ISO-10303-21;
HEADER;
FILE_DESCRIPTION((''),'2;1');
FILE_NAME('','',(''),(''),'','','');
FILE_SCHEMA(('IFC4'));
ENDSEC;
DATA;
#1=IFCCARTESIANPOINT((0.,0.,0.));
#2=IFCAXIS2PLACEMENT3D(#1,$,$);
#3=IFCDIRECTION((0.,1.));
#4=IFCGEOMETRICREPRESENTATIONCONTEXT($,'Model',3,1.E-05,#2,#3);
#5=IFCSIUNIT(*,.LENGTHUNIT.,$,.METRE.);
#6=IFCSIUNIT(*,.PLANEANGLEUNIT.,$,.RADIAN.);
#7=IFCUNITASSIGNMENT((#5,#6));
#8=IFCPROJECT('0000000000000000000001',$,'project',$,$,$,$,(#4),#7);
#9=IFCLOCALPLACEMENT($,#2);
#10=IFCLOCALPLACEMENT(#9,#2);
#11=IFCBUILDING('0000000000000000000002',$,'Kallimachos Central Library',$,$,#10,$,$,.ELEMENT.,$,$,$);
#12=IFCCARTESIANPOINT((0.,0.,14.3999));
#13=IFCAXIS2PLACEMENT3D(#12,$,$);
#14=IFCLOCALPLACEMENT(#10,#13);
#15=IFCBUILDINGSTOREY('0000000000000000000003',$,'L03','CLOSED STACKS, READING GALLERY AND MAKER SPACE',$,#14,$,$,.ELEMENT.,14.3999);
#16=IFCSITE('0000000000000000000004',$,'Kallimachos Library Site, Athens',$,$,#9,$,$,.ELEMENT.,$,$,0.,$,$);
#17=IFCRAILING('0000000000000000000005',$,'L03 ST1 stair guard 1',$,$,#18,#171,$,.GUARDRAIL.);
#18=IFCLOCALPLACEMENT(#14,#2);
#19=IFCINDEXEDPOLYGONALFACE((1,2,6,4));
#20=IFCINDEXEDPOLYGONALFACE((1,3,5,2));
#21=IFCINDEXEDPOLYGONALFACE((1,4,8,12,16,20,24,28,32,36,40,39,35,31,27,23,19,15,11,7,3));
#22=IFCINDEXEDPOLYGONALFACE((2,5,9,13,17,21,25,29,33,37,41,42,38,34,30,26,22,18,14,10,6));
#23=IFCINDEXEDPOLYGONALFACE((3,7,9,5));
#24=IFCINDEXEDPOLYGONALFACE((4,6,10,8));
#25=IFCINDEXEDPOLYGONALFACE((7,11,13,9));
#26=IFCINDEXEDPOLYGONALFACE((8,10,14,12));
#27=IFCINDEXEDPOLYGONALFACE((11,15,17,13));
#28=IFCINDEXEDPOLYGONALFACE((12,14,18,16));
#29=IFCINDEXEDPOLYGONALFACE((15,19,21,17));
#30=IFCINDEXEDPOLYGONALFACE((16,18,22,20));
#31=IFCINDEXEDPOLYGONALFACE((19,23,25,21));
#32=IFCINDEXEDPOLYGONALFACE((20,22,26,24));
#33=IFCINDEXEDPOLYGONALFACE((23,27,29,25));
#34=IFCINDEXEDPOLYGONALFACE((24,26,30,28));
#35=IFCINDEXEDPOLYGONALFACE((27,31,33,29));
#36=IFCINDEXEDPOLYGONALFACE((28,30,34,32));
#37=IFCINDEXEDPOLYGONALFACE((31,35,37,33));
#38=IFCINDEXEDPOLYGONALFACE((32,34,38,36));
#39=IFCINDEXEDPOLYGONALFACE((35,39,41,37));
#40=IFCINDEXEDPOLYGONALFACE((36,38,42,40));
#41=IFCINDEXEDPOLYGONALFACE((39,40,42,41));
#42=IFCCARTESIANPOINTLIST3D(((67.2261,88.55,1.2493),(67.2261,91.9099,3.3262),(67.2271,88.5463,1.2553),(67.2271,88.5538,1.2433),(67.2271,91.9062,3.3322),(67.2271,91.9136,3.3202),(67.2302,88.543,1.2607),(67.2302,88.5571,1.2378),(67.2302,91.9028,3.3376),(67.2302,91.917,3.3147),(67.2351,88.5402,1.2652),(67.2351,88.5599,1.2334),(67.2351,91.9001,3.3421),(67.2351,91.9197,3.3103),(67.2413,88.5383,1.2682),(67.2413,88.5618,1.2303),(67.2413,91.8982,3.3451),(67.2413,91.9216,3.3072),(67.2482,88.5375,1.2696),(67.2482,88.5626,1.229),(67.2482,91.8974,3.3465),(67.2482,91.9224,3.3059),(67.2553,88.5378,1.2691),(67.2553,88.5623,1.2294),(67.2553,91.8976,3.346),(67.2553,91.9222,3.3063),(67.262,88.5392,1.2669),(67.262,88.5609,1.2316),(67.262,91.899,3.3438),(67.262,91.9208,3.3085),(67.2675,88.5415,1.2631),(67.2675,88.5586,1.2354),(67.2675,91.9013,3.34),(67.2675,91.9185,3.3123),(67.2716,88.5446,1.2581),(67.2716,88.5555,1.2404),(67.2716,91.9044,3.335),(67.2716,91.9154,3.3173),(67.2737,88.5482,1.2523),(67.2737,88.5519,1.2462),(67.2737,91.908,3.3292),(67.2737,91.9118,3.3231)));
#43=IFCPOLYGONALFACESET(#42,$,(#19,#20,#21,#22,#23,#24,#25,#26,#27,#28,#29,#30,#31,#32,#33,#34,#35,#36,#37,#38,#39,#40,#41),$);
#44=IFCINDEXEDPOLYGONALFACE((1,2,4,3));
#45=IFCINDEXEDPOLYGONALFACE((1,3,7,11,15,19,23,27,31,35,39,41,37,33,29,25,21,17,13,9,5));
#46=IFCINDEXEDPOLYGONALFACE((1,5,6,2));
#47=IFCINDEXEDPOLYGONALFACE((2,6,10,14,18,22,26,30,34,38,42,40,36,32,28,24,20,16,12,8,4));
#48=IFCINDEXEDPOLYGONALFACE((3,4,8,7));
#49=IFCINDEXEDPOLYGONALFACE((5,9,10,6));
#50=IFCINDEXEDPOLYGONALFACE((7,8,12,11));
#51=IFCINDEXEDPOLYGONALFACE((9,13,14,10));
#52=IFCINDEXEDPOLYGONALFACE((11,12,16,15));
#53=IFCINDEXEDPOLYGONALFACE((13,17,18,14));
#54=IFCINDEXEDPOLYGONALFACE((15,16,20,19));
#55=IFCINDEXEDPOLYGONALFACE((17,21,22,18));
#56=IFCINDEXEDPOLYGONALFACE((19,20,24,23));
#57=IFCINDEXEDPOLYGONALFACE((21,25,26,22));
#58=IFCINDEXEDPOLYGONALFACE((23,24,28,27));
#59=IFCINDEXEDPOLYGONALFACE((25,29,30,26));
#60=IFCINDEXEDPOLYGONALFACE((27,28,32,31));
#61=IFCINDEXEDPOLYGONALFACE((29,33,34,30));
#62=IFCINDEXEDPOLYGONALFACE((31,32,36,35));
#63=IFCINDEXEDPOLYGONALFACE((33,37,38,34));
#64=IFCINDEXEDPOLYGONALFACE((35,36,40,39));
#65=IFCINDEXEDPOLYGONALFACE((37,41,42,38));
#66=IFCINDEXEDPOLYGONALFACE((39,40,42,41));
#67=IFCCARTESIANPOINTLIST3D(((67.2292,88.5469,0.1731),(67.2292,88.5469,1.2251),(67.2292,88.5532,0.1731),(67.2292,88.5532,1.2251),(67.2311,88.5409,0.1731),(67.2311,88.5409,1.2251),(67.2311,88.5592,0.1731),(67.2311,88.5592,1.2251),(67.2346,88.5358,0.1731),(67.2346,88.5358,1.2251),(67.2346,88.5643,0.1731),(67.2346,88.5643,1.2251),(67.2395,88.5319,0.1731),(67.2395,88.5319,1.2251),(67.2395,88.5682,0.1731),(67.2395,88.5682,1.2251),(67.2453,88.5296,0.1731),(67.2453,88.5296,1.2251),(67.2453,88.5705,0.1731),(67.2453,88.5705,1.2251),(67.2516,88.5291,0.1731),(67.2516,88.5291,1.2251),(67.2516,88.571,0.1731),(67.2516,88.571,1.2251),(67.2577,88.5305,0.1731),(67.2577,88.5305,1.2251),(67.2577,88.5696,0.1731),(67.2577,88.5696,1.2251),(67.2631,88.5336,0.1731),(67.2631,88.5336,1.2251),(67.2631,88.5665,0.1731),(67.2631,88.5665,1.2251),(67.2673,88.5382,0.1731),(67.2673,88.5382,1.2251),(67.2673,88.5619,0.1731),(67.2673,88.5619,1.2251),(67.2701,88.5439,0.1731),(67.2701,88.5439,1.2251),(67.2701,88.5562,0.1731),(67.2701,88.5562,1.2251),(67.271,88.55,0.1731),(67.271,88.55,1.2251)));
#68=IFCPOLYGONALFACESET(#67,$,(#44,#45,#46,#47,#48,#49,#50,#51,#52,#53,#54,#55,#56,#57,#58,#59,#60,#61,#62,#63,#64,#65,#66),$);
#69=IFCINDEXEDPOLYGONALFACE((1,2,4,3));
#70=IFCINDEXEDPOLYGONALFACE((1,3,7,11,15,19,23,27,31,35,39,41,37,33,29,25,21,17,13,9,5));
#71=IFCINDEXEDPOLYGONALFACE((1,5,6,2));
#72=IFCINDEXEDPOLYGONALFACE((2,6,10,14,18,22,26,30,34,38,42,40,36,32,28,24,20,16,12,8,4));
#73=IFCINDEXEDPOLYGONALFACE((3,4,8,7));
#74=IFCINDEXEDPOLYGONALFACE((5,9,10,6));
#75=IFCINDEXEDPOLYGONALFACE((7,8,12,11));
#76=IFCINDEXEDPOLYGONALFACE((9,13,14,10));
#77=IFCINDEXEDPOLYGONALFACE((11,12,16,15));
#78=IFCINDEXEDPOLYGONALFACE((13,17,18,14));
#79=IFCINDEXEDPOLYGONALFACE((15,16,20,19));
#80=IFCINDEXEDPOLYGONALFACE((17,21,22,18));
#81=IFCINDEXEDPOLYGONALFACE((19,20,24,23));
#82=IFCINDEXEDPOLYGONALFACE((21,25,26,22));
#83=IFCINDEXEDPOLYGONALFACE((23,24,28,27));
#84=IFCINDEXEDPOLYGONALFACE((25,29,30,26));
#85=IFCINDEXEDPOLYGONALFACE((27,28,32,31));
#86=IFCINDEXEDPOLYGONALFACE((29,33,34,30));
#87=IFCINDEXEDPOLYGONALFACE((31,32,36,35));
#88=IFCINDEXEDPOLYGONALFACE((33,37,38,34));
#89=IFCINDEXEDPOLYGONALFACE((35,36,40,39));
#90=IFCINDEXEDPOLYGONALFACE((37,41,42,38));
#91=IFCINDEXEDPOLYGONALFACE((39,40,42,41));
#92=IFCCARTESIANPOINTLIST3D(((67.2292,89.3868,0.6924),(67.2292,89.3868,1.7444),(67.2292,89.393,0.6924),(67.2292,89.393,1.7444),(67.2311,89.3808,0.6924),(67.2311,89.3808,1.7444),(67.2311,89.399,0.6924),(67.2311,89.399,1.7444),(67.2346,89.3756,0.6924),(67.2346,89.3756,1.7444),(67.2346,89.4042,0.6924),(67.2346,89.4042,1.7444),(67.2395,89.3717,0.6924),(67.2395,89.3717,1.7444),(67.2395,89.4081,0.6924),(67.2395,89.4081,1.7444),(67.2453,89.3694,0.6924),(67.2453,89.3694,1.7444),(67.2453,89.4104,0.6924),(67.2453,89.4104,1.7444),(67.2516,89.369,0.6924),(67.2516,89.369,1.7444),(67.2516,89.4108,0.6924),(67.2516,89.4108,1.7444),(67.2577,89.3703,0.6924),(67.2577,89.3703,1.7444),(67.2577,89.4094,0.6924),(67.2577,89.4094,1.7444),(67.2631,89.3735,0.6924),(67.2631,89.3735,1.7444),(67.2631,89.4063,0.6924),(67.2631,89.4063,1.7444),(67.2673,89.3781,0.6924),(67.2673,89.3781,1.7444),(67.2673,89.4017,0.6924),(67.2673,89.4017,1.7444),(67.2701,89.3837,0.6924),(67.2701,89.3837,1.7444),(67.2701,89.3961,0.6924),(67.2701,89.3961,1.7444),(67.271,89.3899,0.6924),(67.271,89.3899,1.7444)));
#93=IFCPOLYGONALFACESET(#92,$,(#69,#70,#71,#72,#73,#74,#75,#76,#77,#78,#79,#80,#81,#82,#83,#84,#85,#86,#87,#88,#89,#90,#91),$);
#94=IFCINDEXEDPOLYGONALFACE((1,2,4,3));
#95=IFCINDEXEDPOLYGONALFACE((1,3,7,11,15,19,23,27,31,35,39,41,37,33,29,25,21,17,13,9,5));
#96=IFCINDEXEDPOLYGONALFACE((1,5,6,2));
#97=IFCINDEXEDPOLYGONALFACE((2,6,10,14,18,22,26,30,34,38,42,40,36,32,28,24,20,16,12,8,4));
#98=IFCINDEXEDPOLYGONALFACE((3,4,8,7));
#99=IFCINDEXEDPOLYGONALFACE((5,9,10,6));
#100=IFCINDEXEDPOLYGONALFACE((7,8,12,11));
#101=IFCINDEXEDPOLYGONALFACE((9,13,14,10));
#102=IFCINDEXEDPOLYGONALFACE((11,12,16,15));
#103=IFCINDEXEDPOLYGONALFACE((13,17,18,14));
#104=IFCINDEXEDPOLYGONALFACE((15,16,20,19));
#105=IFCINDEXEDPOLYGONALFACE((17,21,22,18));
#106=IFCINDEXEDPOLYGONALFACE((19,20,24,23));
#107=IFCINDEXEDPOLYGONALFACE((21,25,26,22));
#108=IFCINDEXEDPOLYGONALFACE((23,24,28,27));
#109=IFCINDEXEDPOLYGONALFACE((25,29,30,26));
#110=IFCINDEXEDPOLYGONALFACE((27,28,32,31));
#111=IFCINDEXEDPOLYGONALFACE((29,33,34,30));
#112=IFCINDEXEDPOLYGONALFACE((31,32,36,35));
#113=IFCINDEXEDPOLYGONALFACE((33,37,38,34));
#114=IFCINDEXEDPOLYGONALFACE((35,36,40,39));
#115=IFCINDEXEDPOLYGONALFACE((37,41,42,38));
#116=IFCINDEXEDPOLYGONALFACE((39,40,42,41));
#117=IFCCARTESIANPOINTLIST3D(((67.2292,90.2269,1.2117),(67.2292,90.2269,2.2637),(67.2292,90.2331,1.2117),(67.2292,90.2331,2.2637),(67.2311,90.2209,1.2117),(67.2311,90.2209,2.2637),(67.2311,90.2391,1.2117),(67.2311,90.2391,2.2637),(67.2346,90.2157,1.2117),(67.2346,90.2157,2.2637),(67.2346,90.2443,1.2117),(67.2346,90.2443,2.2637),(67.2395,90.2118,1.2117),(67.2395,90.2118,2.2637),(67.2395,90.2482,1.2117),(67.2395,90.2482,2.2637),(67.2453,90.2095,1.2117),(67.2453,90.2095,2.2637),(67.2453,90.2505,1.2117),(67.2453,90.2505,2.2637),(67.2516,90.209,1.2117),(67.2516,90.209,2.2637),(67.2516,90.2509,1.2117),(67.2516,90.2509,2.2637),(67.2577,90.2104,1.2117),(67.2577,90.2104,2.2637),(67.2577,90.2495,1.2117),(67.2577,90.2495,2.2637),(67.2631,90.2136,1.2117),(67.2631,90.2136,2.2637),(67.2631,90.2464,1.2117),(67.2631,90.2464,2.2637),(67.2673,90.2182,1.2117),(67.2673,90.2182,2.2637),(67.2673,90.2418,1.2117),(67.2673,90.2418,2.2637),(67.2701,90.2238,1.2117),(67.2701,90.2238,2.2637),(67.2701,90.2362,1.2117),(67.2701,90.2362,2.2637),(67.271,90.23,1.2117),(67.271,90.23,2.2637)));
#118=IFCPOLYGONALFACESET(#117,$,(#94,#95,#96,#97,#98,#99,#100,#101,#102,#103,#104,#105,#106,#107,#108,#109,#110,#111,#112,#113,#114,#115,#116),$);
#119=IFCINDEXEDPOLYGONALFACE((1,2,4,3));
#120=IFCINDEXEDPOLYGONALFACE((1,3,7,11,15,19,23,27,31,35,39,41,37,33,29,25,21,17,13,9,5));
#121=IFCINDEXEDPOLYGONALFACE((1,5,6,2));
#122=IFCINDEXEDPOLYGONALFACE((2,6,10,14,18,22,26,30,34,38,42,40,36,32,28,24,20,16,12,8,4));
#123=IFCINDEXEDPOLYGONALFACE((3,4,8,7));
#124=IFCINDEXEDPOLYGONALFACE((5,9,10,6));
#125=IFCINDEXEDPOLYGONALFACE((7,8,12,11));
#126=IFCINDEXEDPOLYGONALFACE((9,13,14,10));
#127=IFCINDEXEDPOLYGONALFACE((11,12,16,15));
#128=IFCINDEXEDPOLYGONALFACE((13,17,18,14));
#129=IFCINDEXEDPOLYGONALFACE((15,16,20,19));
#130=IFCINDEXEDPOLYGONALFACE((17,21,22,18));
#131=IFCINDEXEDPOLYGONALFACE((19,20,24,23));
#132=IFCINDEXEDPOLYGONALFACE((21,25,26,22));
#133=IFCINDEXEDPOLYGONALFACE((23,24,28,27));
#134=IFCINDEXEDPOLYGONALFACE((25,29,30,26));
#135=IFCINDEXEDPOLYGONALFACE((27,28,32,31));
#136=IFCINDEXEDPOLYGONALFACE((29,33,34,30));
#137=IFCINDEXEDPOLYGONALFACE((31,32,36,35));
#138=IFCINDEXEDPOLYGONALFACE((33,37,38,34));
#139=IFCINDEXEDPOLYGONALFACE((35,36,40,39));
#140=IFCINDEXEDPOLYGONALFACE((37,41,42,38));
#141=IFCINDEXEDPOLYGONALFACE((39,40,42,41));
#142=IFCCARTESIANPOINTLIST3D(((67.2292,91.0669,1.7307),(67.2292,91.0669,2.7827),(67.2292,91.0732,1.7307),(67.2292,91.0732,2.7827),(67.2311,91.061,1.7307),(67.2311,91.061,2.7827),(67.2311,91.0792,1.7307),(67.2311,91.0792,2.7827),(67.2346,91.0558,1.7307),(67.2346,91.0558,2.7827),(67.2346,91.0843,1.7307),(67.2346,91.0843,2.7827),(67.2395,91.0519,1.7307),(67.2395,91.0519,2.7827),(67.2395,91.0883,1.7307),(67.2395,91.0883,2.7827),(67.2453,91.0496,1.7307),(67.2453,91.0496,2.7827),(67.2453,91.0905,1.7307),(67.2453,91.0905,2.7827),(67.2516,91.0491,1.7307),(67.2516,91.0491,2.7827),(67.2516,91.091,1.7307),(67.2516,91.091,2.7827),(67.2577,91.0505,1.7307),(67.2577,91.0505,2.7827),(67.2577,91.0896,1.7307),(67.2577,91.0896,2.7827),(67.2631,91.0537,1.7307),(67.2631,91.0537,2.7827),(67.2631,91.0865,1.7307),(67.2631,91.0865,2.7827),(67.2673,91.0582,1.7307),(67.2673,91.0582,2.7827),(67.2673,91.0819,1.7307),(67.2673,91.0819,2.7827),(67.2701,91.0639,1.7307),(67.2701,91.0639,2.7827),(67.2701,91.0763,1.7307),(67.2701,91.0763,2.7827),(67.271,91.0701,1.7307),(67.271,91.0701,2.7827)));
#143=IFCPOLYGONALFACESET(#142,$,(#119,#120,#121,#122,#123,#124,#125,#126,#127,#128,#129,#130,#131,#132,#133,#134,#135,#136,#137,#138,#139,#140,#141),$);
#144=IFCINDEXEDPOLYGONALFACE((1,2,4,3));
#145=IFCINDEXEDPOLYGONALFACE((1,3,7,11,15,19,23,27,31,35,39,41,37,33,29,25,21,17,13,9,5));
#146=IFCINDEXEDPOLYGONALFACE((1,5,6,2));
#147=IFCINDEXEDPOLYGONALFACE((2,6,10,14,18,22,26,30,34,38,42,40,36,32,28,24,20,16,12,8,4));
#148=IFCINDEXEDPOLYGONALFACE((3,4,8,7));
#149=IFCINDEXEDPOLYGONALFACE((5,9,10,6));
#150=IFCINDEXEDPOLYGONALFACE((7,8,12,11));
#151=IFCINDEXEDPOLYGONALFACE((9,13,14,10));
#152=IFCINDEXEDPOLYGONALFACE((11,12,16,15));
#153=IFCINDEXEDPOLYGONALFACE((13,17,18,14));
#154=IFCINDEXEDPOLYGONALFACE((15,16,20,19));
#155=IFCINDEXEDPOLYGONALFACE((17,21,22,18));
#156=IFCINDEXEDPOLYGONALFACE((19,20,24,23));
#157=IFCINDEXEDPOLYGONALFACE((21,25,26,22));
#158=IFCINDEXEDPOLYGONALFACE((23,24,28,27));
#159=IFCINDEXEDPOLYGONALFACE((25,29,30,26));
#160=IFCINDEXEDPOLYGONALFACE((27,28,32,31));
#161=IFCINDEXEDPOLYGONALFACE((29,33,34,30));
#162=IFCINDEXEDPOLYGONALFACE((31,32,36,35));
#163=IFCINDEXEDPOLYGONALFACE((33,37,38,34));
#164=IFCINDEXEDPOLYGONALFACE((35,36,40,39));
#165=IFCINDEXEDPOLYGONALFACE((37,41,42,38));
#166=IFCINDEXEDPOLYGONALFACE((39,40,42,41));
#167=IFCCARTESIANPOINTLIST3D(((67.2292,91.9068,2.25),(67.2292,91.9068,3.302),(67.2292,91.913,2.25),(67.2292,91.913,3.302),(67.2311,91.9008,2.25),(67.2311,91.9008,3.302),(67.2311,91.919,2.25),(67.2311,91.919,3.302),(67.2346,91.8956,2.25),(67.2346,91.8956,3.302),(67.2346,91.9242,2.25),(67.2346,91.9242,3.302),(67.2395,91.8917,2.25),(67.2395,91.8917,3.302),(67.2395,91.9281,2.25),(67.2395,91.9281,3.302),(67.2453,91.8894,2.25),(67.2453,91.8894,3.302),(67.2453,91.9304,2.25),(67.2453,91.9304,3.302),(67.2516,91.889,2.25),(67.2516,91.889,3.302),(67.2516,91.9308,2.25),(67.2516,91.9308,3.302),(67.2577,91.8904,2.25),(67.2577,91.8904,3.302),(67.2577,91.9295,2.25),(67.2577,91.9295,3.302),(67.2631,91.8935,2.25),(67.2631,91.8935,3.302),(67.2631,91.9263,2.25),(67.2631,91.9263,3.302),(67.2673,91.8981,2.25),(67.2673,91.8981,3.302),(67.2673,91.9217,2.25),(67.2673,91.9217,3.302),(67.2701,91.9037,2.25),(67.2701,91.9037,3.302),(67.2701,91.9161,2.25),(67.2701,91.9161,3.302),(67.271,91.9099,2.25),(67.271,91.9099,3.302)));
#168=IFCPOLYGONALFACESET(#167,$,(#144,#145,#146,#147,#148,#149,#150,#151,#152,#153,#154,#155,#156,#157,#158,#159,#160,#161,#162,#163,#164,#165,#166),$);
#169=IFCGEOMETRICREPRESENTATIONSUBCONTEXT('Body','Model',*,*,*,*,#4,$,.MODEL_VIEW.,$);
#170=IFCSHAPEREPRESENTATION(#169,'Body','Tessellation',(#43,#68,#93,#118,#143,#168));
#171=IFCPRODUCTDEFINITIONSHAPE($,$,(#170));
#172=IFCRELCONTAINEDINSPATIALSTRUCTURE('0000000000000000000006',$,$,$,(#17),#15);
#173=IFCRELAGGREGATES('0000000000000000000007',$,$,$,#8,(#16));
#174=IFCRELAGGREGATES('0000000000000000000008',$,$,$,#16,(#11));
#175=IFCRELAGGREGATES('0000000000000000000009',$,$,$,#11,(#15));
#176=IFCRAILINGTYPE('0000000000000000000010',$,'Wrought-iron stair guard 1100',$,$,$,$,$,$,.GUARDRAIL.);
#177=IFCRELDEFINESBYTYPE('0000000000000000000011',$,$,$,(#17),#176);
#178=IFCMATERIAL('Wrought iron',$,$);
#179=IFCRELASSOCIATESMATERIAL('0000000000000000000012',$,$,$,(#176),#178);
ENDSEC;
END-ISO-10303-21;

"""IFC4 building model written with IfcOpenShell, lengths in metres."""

from ifc_helpers import new_model, si_unit, direction, frame, origin, origin_2d, place, context, subcontext, project, spatial, circle, extrude, material, type_object, element, save


model = new_model("IFC4")

# Units and contexts
model_context = context("Model", 3, precision=1e-05, world=origin(), true_north=direction((0.0, 1.0)))
body_context = subcontext(model_context, "Body", "Model", "MODEL_VIEW")
ifc_project = project(units=[si_unit("LENGTHUNIT", "METRE"), si_unit("PLANEANGLEUNIT", "RADIAN")], contexts=[model_context])

# Site, building, storey
site_placement = place(None, origin())
site = spatial("IfcSite", under=ifc_project, at=site_placement, Name="Kallimachos Library Site, Athens", CompositionType="ELEMENT", RefElevation=0.0)
building_placement = place(site_placement, origin())
building = spatial("IfcBuilding", under=site, at=building_placement, Name="Kallimachos Central Library", CompositionType="ELEMENT")
storey_placement = place(building_placement, frame((0.0, 0.0, 14.3999)))
storey = spatial("IfcBuildingStorey", under=building, at=storey_placement, Name="L03", Description="CLOSED STACKS, READING GALLERY AND MAKER SPACE", CompositionType="ELEMENT", Elevation=14.3999)

# Railing
ifc_material_1 = material(Name="Wrought iron")
railing_type_1 = type_object("IfcRailingType", Name="Wrought-iron stair guard 1100", PredefinedType="GUARDRAIL", material=ifc_material_1)
railing_1_placement = place(storey_placement, frame((67.25, 88.55, 0.1731)))
element("IfcRailing", 1, at=railing_1_placement, inside=storey, type_object=railing_type_1, Name="L03 ST1 stair guard 1", PredefinedType="GUARDRAIL", context=body_context, shape_type="SweptSolid", body=[
    extrude(circle(Radius=0.0239, at=origin_2d()), frame((0.0, 0.0, 1.0762), z_axis=(0.0, 0.850606, 0.525803), x_axis=(-1.0, 0.0, 0.0)), (0.0, 0.0, 1.0), 3.95),
    extrude(circle(Radius=0.021, at=origin_2d()), origin(), (0.0, 0.0, 1.0), 1.052),
    extrude(circle(Radius=0.021, at=origin_2d()), frame((0.0, 0.8398, 0.5193)), (0.0, 0.0, 1.0), 1.052),
    extrude(circle(Radius=0.021, at=origin_2d()), frame((0.0, 1.6799, 1.0386)), (0.0, 0.0, 1.0), 1.052),
    extrude(circle(Radius=0.021, at=origin_2d()), frame((0.0, 2.52, 1.5576)), (0.0, 0.0, 1.0), 1.052),
    extrude(circle(Radius=0.021, at=origin_2d()), frame((0.0, 3.3599, 2.0769)), (0.0, 0.0, 1.0), 1.052),
])

save(model, "model.ifc")
